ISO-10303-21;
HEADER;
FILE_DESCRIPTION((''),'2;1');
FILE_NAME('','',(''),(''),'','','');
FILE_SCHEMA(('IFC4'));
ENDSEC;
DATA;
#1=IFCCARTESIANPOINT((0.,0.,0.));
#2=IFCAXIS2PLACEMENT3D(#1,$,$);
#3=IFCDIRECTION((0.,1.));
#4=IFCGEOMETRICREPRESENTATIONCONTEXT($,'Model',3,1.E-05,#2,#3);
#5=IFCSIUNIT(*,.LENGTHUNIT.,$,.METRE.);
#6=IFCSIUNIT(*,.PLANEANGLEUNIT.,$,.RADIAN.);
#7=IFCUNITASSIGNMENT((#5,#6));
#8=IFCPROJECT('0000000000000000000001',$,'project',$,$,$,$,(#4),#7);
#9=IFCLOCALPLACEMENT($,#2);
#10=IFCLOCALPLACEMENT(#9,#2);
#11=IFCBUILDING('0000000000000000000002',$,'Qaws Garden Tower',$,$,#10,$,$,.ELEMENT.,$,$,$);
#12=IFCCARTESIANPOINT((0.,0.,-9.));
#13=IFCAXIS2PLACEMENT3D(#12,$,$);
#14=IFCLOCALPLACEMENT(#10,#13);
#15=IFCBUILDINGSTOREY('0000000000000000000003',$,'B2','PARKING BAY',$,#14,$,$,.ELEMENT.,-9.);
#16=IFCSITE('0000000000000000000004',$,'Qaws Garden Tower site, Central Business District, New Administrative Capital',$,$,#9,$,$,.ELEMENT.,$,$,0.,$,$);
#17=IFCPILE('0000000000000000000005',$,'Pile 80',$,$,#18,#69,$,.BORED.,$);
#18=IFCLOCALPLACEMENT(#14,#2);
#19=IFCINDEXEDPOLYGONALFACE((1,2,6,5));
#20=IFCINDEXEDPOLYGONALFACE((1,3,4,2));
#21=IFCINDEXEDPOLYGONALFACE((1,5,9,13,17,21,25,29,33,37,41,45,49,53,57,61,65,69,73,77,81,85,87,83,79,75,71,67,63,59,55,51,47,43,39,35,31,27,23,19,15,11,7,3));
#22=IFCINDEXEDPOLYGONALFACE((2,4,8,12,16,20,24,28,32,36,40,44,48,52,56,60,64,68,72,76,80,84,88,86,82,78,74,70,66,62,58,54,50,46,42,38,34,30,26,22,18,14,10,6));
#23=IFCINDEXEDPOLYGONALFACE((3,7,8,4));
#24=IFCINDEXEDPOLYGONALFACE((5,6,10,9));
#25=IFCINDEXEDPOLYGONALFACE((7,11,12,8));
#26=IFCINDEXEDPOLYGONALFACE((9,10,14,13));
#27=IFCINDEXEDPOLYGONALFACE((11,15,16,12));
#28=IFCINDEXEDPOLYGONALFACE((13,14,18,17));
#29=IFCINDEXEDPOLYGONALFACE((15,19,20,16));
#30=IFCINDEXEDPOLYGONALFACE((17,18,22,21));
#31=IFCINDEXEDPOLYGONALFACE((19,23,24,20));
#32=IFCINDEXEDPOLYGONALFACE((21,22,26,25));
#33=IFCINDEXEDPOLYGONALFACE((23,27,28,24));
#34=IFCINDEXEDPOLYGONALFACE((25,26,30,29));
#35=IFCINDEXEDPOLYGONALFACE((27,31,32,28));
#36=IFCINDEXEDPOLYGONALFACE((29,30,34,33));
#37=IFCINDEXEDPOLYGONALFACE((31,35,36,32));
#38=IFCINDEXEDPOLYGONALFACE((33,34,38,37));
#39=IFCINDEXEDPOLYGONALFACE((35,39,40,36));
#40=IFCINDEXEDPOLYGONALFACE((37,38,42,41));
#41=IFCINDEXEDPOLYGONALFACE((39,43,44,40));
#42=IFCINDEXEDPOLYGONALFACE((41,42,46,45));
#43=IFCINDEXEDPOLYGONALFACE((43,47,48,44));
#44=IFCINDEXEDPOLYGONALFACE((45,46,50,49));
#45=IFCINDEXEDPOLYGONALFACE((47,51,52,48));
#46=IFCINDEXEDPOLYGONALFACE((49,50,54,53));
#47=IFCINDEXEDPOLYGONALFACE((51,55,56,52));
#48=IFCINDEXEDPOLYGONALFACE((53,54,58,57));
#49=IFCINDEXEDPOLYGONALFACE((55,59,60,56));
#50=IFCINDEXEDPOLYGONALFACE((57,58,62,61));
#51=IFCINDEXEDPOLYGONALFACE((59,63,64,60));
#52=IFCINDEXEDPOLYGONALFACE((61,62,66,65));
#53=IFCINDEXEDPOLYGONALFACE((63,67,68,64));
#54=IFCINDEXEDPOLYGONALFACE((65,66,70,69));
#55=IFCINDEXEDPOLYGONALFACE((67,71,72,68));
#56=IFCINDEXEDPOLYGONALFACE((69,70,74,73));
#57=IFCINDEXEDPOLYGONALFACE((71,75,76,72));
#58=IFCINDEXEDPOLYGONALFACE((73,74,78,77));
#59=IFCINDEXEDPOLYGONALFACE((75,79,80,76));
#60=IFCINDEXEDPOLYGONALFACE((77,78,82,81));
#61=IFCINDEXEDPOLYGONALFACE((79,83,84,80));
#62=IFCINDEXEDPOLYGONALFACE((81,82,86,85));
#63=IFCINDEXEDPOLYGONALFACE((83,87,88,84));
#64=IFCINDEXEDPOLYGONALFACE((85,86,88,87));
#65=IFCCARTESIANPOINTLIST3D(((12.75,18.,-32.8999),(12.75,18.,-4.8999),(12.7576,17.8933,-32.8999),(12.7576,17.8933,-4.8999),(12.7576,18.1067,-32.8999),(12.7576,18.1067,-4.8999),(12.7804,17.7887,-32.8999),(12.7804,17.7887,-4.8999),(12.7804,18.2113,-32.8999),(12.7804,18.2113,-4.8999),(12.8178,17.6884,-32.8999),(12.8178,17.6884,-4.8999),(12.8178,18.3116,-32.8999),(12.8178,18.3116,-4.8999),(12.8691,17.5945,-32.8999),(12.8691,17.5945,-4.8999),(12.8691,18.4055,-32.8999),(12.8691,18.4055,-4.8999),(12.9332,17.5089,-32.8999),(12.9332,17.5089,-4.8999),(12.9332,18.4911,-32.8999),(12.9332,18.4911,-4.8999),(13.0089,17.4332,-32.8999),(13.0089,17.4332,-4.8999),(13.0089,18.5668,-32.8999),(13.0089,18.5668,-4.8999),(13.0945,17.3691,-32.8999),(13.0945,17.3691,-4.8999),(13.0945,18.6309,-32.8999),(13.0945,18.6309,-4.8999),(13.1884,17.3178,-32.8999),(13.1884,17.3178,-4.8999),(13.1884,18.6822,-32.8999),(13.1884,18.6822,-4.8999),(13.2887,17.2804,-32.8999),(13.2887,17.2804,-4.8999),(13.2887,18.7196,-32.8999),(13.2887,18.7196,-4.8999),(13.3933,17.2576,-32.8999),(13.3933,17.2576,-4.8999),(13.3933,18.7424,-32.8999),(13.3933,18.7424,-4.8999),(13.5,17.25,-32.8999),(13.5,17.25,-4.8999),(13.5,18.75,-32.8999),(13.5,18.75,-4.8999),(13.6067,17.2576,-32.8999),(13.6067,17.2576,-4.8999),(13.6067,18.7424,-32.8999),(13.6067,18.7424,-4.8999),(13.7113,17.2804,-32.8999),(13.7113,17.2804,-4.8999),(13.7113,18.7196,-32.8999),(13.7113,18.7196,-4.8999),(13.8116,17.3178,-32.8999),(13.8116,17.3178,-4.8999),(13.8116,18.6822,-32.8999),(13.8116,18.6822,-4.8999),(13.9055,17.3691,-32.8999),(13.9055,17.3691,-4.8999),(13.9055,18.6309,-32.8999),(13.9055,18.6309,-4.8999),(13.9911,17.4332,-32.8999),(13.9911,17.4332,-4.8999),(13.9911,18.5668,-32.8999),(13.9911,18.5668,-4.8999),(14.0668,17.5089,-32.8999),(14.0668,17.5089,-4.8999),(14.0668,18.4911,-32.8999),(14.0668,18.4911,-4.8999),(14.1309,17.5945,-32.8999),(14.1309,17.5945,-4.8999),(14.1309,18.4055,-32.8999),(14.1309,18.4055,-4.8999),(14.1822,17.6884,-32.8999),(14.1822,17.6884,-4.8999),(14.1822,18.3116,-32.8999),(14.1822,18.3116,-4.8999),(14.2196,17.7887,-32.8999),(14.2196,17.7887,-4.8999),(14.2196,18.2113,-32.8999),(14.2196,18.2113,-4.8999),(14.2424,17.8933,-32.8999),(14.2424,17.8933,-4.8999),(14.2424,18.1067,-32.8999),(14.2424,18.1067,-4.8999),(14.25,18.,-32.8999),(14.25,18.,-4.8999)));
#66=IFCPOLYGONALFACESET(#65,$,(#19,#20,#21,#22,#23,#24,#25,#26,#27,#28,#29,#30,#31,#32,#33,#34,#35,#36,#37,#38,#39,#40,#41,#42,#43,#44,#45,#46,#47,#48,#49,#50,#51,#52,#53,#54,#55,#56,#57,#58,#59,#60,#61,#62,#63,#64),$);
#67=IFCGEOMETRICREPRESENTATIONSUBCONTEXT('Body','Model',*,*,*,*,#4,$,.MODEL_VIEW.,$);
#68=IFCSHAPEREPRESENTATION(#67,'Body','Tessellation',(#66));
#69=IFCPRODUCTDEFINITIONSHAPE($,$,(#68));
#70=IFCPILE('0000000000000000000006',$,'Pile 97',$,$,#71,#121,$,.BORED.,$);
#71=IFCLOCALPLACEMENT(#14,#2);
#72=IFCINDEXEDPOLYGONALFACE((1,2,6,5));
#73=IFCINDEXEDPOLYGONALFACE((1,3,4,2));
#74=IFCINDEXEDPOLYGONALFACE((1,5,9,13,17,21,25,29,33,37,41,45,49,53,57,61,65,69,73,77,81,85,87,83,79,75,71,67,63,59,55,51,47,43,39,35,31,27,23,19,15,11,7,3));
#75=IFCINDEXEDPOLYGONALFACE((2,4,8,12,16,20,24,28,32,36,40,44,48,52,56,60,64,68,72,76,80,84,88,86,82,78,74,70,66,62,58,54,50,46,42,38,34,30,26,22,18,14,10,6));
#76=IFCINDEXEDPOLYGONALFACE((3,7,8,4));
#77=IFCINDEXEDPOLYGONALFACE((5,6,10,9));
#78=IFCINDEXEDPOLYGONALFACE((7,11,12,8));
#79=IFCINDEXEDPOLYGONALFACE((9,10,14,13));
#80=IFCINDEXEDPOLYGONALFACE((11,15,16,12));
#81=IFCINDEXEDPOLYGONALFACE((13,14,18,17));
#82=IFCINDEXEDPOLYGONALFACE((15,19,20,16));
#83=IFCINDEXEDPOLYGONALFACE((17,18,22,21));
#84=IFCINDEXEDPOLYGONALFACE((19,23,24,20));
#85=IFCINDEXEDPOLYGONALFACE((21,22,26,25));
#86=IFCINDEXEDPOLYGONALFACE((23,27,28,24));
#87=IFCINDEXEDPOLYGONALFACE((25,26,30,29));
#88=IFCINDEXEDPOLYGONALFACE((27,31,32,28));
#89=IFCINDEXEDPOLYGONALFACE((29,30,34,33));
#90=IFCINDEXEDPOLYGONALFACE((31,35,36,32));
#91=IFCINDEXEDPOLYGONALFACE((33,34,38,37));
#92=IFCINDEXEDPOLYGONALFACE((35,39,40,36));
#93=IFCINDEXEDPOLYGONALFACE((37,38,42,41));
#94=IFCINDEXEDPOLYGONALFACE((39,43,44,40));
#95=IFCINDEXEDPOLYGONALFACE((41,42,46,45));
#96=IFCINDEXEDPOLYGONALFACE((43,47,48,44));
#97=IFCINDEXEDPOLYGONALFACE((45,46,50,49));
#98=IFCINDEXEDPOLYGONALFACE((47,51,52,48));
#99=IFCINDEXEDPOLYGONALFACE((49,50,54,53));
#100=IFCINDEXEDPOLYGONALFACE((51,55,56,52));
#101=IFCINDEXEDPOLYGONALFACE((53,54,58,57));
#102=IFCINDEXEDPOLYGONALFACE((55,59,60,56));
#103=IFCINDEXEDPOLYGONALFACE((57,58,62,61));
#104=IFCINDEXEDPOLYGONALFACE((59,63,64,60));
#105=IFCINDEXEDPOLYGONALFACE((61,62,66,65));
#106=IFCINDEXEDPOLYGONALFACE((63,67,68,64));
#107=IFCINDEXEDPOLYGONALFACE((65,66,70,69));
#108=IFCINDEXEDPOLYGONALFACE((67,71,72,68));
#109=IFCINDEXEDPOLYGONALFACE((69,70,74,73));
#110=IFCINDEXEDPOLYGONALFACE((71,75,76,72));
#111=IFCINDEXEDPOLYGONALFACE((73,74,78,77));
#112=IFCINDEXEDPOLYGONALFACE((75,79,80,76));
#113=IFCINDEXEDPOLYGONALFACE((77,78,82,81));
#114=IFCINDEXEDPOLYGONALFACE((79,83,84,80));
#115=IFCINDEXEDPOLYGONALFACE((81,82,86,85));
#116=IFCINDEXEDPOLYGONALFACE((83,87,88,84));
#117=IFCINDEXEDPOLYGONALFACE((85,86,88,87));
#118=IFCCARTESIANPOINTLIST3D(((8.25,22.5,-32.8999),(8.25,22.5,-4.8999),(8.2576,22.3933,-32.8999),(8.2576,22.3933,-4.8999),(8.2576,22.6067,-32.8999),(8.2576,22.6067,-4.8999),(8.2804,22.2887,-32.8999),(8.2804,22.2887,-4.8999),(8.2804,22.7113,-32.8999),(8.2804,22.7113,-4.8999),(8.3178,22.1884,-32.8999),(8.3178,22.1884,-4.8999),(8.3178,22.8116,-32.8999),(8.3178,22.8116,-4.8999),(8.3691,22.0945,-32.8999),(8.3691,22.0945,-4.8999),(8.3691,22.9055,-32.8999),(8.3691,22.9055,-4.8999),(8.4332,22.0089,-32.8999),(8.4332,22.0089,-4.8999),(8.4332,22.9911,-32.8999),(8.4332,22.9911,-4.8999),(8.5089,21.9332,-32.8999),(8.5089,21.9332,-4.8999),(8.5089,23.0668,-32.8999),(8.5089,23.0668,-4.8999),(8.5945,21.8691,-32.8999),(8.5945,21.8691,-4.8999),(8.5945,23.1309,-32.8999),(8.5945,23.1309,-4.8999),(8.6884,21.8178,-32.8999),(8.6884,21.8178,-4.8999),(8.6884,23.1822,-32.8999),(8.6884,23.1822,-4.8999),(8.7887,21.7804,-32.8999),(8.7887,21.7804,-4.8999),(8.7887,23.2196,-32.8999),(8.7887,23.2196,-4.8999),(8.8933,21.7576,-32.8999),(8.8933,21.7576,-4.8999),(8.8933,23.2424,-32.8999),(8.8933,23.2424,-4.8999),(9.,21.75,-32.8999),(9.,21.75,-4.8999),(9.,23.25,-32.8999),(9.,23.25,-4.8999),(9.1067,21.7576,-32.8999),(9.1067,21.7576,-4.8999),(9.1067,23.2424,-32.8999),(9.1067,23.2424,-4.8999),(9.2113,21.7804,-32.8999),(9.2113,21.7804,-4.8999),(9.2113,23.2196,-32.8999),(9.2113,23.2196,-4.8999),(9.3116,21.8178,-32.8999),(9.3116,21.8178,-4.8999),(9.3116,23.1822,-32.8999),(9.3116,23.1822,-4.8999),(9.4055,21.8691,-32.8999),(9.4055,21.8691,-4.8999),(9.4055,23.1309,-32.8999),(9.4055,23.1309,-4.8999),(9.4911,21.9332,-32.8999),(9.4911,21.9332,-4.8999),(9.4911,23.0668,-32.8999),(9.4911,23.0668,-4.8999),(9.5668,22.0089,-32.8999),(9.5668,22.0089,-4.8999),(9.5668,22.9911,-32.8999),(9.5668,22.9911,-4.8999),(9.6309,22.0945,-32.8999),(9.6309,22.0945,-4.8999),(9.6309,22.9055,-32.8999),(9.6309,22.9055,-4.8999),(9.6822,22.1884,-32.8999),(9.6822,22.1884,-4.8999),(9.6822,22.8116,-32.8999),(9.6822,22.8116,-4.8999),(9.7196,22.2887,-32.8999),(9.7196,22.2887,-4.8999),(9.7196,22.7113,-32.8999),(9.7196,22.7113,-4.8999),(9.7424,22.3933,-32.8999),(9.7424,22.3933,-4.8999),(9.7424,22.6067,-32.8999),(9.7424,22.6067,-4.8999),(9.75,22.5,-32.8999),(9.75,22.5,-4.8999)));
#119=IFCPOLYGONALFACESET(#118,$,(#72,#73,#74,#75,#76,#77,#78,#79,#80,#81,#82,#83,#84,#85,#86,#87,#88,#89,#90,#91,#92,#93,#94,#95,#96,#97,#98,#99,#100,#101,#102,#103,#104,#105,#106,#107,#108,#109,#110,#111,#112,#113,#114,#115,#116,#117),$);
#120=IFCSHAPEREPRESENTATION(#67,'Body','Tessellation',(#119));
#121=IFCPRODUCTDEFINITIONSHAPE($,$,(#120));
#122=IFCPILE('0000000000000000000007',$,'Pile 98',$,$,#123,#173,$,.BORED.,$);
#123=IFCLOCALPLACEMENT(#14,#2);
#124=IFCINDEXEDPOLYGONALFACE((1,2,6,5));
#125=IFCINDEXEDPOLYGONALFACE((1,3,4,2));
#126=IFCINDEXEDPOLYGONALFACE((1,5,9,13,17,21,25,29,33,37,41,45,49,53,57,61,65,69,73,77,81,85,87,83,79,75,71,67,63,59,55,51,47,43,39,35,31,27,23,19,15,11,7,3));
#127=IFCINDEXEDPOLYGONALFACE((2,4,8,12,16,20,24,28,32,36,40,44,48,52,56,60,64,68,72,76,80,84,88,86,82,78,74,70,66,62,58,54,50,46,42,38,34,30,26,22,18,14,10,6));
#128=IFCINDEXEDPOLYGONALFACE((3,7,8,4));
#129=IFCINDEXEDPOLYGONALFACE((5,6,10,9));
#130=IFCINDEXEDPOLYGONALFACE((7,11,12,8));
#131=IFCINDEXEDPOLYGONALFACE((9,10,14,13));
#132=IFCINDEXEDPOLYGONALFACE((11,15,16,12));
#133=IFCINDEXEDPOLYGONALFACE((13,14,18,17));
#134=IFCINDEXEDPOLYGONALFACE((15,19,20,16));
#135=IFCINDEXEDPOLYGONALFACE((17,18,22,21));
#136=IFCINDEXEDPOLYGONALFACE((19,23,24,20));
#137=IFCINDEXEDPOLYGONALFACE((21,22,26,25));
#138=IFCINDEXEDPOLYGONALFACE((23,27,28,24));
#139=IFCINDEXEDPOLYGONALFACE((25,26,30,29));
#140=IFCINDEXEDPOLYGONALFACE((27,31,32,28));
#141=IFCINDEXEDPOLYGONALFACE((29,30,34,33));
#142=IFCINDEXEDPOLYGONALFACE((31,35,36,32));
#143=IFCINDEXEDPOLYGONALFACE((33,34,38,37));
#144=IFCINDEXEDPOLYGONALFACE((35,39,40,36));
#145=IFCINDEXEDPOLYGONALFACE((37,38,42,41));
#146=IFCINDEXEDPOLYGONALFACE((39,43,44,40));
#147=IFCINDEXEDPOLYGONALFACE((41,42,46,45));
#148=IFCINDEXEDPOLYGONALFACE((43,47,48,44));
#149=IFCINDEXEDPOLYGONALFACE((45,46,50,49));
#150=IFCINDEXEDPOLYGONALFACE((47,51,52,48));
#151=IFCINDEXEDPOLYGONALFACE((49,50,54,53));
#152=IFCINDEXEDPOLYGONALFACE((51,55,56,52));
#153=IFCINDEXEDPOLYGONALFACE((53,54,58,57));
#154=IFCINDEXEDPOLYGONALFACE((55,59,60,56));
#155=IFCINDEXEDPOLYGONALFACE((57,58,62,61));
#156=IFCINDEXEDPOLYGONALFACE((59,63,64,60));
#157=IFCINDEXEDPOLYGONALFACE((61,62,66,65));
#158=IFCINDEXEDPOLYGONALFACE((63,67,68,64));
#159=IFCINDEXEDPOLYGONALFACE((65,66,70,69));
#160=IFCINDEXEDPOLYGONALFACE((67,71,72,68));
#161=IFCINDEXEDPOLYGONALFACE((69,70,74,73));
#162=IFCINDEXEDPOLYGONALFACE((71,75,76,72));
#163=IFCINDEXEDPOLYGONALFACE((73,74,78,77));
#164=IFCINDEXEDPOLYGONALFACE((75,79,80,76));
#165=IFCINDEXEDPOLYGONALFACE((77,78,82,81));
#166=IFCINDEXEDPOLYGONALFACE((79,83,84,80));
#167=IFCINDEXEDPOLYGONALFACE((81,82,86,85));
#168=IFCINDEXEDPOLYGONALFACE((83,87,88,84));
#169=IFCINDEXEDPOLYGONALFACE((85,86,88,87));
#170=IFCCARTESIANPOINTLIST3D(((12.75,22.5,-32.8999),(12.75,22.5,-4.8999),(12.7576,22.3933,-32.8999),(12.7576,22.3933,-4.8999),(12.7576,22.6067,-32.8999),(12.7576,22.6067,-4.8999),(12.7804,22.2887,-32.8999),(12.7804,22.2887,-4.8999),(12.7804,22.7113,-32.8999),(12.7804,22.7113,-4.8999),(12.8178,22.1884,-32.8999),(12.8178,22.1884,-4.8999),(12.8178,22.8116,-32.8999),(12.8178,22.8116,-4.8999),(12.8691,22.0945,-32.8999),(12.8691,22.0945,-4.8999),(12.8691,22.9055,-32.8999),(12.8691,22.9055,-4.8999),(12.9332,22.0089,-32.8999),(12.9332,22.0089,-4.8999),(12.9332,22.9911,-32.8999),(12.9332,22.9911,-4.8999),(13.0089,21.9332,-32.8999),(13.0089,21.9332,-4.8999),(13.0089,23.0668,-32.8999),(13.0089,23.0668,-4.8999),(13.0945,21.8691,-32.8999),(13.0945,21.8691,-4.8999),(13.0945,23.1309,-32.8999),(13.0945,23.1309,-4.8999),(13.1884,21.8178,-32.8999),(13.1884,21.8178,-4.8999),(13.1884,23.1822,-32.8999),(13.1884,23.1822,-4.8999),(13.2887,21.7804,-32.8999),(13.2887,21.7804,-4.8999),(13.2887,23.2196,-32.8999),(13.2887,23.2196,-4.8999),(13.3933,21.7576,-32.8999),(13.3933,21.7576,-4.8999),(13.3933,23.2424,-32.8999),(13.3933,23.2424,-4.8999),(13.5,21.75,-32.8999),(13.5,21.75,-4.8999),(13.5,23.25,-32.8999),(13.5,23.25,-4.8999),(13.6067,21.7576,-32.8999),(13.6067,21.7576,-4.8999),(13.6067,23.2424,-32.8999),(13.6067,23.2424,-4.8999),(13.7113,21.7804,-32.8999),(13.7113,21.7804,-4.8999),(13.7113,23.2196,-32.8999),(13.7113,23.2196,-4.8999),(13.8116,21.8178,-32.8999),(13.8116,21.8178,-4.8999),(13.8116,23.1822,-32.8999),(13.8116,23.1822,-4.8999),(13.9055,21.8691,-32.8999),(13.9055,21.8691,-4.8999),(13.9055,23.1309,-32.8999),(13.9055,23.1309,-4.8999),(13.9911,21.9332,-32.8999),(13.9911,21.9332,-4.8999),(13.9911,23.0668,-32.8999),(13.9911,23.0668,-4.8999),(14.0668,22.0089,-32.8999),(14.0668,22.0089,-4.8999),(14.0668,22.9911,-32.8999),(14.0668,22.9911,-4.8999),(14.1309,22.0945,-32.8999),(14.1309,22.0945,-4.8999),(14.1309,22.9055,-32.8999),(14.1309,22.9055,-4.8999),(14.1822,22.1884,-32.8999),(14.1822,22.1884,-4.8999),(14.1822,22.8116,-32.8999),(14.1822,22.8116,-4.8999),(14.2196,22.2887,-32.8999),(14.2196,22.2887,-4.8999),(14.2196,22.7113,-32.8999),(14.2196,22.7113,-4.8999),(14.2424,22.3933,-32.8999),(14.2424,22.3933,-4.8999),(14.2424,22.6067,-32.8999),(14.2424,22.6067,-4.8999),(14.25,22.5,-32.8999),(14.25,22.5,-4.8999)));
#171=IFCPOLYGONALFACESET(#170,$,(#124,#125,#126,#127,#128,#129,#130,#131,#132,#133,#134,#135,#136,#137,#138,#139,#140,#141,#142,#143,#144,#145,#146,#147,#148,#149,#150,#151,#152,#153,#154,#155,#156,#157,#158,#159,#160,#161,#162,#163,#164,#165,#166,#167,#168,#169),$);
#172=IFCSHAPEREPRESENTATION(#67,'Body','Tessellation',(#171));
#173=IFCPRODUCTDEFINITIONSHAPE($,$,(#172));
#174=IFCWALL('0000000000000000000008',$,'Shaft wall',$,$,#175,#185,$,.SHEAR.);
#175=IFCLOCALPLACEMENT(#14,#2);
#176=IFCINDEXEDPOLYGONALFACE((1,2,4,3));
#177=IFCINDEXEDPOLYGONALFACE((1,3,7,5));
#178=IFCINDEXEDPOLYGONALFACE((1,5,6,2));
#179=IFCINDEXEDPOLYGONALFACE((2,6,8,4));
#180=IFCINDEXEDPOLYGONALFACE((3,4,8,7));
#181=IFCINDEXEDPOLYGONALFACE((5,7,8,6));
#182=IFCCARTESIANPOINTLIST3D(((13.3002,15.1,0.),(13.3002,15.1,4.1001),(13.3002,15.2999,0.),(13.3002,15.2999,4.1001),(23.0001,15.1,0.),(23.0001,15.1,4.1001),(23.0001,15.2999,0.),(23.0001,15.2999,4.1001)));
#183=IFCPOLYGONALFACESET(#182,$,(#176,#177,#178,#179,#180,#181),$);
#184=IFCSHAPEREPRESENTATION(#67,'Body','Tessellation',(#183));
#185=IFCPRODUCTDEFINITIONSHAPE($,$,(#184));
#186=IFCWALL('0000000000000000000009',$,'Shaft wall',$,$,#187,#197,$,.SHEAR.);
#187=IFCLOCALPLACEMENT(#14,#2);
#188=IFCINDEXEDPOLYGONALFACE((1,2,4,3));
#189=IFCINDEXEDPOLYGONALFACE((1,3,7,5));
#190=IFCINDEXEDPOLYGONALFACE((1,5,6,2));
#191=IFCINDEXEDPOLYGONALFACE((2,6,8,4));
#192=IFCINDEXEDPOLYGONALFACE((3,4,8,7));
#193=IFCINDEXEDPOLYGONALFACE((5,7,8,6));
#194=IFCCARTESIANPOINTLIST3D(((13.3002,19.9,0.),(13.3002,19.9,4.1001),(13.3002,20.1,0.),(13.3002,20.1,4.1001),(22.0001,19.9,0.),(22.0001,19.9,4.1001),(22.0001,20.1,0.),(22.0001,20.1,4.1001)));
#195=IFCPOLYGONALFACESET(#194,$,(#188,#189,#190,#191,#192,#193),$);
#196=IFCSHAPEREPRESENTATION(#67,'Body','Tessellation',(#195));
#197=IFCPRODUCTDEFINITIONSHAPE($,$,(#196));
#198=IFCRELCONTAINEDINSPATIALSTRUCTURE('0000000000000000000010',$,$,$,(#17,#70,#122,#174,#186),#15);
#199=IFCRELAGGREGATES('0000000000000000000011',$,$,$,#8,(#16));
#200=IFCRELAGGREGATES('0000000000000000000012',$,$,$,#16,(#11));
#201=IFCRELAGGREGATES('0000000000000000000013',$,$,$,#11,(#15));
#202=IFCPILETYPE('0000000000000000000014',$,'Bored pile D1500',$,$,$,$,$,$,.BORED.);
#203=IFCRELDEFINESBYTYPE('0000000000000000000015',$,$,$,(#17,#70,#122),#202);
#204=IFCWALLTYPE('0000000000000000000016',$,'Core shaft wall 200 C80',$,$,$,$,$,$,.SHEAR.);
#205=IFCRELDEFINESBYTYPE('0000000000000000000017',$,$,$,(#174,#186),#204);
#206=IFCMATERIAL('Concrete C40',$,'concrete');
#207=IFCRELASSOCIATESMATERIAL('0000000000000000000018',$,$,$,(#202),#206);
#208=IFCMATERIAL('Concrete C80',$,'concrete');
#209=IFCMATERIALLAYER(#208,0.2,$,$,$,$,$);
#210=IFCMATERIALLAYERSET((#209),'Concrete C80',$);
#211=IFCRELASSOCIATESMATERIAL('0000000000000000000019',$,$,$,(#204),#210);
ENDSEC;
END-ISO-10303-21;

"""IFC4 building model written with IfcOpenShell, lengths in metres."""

from ifc_helpers import new_model, si_unit, direction, frame, frame_2d, origin, origin_2d, place, context, subcontext, project, spatial, rectangle, circle, extrude, material, layer, layer_set, material_profile, profile_set, type_object, element, save


model = new_model("IFC4")

# Units and contexts
model_context = context("Model", 3, precision=1e-05, world=origin(), true_north=direction((0.0, 1.0)))
body_context = subcontext(model_context, "Body", "Model", "MODEL_VIEW")
ifc_project = project(units=[si_unit("LENGTHUNIT", "METRE"), si_unit("PLANEANGLEUNIT", "RADIAN")], contexts=[model_context])

# Site, building, storey
site_placement = place(None, origin())
site = spatial("IfcSite", under=ifc_project, at=site_placement, Name="Qaws Garden Tower site, Central Business District, New Administrative Capital", CompositionType="ELEMENT", RefElevation=0.0)
building_placement = place(site_placement, origin())
building = spatial("IfcBuilding", under=site, at=building_placement, Name="Qaws Garden Tower", CompositionType="ELEMENT")
storey_placement = place(building_placement, frame((0.0, 0.0, -9.0)))
storey = spatial("IfcBuildingStorey", under=building, at=storey_placement, Name="B2", Description="PARKING BAY", CompositionType="ELEMENT", Elevation=-9.0)

# Piles
ifc_material_1 = material(Name="Concrete C40", Category="concrete")
ifc_material_profile = material_profile(ifc_material_1, circle(Radius=0.75, at=origin_2d()), Name="Bored pile D1500")
ifc_profile_set = profile_set([ifc_material_profile], Name="Concrete C40")
pile_type = type_object("IfcPileType", Name="Bored pile D1500", PredefinedType="BORED", material=ifc_profile_set)
for number, where, z_axis, x_axis, name in (
    (1, (13.5, 18.0, -4.8999), (0.0, 0.0, -1.0), (1.0, 0.0, 0.0), "Pile 80"),
    (2, (9.0, 22.5, -4.8999), (0.0, 0.0, -1.0), (1.0, 0.0, 0.0), "Pile 97"),
    (3, (13.5, 22.5, -4.8999), (0.0, 0.0, -1.0), (1.0, 0.0, 0.0), "Pile 98"),
):
    element("IfcPile", number, at=place(storey_placement, frame(where, z_axis=z_axis, x_axis=x_axis)), inside=storey, type_object=pile_type, Name=name, PredefinedType="BORED", context=body_context, shape_type="SweptSolid", body=[
        extrude(circle(Radius=0.75, at=origin_2d()), origin(), (0.0, 0.0, 1.0), 28.0),
    ])

# Walls
ifc_material_2 = material(Name="Concrete C80", Category="concrete")
ifc_layer = layer(ifc_material_2, 0.2)
ifc_layer_set = layer_set([ifc_layer], Name="Concrete C80")
wall_type = type_object("IfcWallType", Name="Core shaft wall 200 C80", PredefinedType="SHEAR", material=ifc_layer_set)
wall_1_placement = place(storey_placement, frame((13.3, 15.2, 0.0), z_axis=(0.0, 0.0, 1.0), x_axis=(1.0, 0.0, 0.0)))
element("IfcWall", 4, at=wall_1_placement, inside=storey, type_object=wall_type, Name="Shaft wall", PredefinedType="SHEAR", context=body_context, shape_type="SweptSolid", body=[
    extrude(rectangle(XDim=9.7, YDim=0.2, at=frame_2d((4.8501, 0.0))), origin(), (0.0, 0.0, 1.0), 4.1001),
])
wall_2_placement = place(storey_placement, frame((13.3, 20.0, 0.0), z_axis=(0.0, 0.0, 1.0), x_axis=(1.0, 0.0, 0.0)))
element("IfcWall", 5, at=wall_2_placement, inside=storey, type_object=wall_type, Name="Shaft wall", PredefinedType="SHEAR", context=body_context, shape_type="SweptSolid", body=[
    extrude(rectangle(XDim=8.7, YDim=0.2, at=frame_2d((4.3501, 0.0))), origin(), (0.0, 0.0, 1.0), 4.1001),
])

save(model, "model.ifc")
